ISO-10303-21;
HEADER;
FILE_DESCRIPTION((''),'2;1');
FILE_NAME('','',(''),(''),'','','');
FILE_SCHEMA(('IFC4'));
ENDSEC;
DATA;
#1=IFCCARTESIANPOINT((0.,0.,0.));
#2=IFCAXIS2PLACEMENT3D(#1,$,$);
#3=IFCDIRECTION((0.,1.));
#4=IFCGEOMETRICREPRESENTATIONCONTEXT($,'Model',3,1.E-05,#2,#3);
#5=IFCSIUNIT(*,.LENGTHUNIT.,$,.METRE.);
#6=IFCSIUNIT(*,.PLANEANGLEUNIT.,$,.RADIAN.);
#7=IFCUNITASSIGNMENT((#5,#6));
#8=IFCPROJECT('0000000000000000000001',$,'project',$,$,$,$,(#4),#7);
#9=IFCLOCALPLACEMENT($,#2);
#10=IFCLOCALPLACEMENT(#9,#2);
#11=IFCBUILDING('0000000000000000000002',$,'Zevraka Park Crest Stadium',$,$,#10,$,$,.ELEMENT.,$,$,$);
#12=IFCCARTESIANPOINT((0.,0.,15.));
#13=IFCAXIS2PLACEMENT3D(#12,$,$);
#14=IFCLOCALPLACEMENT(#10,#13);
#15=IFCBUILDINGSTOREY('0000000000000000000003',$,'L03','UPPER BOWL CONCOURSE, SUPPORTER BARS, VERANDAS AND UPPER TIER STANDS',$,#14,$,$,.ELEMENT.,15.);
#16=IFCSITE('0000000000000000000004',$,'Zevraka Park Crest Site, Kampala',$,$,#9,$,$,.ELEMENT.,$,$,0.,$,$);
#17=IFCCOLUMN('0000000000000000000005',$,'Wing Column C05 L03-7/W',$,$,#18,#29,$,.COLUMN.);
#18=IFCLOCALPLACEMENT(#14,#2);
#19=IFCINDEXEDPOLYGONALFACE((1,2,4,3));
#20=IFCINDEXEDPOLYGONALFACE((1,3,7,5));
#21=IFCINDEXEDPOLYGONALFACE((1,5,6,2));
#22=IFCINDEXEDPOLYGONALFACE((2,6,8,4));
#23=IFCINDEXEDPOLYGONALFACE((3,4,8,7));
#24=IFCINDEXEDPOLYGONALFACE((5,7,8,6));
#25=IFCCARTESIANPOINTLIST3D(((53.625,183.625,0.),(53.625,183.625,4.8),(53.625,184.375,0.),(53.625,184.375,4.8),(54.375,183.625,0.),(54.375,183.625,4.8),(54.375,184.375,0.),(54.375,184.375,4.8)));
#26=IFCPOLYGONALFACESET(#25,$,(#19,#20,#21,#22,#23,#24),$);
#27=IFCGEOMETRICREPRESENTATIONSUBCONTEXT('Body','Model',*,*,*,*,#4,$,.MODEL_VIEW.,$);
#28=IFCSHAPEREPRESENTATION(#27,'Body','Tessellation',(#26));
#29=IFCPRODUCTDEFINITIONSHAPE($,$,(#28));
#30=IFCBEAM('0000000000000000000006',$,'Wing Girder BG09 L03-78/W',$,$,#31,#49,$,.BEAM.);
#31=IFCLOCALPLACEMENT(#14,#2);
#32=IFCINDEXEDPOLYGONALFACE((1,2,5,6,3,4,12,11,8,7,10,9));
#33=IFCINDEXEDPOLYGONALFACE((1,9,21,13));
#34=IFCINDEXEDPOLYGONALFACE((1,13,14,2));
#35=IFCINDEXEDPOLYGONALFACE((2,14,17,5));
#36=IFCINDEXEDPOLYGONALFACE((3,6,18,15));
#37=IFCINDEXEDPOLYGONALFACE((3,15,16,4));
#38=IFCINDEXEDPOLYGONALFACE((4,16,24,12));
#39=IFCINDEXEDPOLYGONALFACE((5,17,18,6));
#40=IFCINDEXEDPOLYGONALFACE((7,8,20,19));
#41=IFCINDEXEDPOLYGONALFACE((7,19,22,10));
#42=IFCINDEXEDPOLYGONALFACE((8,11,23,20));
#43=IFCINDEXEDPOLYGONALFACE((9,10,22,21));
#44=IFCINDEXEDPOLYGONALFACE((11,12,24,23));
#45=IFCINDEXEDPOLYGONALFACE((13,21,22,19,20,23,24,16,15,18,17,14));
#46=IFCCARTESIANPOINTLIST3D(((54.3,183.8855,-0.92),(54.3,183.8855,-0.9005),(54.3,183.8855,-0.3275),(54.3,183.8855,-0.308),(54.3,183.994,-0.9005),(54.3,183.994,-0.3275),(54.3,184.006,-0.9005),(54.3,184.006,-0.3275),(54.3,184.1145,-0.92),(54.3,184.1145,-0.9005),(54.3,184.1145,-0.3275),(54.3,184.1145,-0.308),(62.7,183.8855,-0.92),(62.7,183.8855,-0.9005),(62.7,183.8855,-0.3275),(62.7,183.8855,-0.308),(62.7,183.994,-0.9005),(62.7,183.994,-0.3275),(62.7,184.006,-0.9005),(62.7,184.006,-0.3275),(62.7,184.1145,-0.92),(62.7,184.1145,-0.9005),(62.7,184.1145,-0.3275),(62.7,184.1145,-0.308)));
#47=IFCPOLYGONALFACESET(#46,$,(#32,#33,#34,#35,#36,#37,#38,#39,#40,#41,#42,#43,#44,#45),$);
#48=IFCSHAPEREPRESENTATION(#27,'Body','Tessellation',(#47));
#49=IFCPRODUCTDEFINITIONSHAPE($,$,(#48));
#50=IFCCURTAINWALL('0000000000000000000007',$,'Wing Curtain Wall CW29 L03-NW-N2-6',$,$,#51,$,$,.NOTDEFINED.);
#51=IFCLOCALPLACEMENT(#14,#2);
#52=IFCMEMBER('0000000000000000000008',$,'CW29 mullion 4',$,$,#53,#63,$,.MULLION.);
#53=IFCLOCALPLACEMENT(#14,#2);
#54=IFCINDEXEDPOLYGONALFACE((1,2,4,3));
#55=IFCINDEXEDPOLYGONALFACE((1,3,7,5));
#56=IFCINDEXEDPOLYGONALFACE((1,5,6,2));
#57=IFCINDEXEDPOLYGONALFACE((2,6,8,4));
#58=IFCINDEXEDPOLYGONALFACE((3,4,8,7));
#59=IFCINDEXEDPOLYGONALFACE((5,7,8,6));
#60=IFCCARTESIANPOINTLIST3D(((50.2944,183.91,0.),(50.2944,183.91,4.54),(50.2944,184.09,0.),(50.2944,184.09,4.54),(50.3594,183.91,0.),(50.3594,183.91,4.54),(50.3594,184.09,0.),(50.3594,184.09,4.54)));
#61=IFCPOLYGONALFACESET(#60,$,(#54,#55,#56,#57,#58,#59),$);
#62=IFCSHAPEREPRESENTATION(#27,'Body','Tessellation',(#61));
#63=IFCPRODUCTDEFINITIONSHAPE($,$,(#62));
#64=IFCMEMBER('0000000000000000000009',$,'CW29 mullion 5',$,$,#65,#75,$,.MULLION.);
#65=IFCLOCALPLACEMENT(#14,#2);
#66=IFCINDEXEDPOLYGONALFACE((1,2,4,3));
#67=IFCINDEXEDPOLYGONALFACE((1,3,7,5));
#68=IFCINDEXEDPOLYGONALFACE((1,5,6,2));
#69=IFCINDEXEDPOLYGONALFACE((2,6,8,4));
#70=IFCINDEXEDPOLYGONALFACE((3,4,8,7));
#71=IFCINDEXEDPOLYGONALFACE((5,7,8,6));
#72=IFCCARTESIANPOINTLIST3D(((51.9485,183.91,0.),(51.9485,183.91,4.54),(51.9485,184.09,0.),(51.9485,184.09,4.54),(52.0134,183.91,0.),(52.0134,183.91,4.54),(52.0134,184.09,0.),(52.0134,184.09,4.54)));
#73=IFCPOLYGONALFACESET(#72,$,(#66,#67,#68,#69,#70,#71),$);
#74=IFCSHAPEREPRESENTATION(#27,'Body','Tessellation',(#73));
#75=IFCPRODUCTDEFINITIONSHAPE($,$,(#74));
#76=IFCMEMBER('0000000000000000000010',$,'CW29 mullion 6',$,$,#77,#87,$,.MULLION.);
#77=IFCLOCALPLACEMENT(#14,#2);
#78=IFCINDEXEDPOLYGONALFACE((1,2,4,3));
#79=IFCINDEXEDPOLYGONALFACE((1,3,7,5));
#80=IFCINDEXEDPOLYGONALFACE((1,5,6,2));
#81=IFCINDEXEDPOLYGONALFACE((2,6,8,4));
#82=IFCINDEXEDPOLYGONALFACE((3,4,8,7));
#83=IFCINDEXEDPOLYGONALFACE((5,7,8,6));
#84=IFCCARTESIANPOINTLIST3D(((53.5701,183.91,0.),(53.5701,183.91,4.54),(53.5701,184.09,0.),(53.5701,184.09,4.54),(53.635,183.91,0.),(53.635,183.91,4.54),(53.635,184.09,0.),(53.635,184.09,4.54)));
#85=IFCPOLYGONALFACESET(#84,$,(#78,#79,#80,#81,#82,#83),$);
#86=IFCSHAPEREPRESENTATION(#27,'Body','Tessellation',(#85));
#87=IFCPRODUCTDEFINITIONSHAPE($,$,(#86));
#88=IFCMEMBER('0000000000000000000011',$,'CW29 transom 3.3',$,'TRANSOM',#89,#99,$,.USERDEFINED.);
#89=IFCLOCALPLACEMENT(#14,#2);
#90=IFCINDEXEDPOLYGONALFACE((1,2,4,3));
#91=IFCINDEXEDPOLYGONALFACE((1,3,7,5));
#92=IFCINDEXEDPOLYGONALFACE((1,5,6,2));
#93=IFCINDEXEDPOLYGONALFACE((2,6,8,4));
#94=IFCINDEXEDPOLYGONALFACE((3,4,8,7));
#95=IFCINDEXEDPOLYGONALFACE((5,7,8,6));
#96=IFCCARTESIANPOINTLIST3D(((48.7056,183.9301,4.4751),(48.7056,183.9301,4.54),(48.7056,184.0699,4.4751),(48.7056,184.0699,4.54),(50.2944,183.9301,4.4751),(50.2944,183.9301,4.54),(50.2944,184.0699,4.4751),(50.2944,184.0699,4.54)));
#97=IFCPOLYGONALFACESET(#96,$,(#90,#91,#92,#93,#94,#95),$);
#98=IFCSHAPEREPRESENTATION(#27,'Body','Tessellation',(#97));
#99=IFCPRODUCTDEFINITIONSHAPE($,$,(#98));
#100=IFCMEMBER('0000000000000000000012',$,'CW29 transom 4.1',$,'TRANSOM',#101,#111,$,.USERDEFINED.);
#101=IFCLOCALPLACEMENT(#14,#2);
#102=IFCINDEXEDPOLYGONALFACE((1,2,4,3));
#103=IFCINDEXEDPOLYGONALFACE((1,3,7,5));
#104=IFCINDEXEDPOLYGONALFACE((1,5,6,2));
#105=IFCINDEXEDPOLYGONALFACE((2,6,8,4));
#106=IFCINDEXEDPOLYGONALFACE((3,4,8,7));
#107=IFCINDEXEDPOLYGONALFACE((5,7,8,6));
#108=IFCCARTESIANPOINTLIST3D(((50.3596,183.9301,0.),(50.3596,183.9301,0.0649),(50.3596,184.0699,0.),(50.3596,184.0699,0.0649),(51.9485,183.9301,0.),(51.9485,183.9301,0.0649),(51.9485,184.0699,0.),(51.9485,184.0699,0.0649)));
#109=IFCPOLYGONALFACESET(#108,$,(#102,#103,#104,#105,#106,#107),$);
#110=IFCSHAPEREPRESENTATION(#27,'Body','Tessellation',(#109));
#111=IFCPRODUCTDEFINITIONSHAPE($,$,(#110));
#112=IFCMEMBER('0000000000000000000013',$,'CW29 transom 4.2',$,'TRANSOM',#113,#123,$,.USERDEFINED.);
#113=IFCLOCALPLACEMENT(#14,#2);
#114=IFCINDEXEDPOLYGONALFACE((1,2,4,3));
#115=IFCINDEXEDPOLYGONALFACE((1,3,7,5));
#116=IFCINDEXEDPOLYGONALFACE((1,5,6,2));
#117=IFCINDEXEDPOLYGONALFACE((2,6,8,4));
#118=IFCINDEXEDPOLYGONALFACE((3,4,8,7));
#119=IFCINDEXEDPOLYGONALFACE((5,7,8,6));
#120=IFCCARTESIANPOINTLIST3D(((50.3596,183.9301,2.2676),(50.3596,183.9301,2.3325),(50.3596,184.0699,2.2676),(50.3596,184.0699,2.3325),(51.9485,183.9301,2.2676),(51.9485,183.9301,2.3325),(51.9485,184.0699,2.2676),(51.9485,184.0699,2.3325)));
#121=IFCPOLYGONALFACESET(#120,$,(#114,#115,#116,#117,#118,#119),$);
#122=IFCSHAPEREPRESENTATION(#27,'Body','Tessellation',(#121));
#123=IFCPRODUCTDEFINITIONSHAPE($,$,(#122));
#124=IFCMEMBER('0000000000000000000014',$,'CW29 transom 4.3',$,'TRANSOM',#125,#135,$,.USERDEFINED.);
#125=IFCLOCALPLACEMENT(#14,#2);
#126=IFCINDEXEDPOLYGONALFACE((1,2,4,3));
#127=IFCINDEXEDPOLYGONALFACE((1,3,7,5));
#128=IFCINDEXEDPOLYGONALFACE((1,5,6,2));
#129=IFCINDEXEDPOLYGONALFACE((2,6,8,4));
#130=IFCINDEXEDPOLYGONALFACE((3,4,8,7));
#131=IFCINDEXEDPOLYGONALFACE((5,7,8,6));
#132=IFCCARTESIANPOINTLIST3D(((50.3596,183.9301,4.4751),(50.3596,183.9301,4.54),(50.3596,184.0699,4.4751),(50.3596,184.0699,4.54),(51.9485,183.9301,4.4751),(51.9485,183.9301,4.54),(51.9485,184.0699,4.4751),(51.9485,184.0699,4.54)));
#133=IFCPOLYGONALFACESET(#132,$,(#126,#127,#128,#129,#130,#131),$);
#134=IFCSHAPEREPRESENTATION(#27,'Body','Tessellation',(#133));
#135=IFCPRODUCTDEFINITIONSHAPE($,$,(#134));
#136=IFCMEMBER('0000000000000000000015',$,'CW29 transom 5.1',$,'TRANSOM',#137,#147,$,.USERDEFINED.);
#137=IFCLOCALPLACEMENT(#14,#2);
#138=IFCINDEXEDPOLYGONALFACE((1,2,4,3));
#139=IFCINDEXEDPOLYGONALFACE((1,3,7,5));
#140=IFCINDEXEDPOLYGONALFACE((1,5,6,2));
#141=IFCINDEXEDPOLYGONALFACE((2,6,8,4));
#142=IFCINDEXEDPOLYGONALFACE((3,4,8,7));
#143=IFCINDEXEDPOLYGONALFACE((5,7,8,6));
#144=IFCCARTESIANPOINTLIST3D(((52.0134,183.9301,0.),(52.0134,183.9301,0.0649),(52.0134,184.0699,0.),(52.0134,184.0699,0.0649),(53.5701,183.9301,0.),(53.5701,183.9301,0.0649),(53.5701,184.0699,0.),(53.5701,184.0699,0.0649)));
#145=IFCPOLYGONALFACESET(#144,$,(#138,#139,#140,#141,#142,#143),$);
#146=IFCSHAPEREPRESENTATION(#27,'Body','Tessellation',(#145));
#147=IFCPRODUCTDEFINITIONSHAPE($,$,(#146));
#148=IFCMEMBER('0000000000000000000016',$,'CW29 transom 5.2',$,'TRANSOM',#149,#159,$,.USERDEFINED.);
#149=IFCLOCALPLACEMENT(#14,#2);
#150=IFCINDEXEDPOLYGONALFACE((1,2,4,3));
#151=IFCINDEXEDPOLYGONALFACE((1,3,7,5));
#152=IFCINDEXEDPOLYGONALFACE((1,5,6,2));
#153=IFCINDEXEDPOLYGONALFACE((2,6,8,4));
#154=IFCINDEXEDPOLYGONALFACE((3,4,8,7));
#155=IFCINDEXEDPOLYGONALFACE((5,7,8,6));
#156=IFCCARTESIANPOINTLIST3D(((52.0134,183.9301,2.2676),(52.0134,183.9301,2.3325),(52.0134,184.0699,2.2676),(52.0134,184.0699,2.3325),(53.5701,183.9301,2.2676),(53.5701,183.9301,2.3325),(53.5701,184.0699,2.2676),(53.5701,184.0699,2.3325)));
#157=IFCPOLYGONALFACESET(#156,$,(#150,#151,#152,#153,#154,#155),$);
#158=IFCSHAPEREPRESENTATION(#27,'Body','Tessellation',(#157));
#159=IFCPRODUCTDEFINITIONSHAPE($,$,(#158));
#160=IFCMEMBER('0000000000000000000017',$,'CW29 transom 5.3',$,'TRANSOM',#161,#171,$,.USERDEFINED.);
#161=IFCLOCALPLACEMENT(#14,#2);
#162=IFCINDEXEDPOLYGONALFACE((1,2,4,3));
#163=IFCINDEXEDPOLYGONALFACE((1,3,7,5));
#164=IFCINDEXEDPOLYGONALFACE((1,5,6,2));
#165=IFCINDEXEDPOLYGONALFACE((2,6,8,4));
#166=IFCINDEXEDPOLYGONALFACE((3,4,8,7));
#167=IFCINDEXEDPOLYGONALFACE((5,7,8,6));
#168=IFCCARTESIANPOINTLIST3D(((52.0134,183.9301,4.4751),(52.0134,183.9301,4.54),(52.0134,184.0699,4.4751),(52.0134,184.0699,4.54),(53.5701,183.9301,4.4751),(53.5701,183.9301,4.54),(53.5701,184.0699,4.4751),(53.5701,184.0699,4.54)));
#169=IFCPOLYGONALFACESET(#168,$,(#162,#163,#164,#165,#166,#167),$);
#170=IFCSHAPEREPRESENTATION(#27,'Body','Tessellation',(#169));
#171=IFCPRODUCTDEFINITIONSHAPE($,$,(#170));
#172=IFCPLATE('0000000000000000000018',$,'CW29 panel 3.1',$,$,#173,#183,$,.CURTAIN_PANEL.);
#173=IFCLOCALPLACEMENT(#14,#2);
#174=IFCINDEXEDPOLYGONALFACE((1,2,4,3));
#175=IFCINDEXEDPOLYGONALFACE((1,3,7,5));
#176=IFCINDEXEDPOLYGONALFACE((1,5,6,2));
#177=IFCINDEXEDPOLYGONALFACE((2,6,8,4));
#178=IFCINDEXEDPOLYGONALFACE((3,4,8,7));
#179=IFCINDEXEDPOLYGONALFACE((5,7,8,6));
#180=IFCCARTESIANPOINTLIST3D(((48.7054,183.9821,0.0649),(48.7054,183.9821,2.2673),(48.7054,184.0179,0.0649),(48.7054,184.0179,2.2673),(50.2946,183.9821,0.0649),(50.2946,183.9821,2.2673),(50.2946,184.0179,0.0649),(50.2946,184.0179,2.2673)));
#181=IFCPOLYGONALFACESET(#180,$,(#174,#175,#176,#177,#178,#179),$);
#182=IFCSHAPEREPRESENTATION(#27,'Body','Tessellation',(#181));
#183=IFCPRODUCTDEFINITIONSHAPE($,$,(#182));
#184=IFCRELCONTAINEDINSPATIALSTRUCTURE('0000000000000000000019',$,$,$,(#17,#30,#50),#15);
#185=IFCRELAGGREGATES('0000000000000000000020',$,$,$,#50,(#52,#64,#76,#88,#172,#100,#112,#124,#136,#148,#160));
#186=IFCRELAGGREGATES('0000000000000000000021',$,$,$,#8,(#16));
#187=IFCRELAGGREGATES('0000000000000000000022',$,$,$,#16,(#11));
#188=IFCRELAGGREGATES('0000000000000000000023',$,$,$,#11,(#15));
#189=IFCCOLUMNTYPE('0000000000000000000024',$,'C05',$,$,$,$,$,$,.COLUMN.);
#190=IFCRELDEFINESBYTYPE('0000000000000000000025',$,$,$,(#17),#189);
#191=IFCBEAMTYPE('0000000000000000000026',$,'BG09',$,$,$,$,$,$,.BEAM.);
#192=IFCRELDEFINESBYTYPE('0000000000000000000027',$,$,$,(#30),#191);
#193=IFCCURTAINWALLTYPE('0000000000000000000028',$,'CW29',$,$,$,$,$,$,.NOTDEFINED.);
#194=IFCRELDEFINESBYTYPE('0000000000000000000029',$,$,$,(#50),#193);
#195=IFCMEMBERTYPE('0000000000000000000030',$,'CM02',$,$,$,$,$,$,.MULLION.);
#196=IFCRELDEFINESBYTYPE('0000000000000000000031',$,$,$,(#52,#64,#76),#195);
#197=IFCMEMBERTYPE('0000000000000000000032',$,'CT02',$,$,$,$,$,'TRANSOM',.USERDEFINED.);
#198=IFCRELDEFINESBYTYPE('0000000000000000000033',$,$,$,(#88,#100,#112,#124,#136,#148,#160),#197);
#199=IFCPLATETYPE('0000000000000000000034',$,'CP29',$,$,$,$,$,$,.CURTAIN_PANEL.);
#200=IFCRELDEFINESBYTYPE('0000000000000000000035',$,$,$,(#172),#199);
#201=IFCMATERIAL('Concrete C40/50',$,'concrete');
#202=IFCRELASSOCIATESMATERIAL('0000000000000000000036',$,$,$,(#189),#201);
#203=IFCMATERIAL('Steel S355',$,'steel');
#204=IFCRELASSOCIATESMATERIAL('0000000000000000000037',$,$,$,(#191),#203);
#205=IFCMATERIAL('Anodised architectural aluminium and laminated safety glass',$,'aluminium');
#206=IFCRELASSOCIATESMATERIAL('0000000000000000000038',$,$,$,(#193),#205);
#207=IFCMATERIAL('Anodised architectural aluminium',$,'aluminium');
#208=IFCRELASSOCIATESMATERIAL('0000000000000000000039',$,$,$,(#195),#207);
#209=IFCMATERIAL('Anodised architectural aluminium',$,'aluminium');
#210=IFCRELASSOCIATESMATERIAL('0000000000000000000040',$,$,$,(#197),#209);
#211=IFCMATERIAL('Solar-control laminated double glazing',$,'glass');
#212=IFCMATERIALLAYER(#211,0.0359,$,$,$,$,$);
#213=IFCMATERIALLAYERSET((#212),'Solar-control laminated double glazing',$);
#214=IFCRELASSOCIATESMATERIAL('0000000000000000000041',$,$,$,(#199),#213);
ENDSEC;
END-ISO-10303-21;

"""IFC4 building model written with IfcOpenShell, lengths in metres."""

from ifc_helpers import new_model, si_unit, direction, frame, origin, origin_2d, place, context, subcontext, project, spatial, rectangle, i_section, extrude, material, layer, layer_set, material_profile, profile_set, type_object, element, aggregate, save


model = new_model("IFC4")

# Units and contexts
model_context = context("Model", 3, precision=1e-05, world=origin(), true_north=direction((0.0, 1.0)))
body_context = subcontext(model_context, "Body", "Model", "MODEL_VIEW")
ifc_project = project(units=[si_unit("LENGTHUNIT", "METRE"), si_unit("PLANEANGLEUNIT", "RADIAN")], contexts=[model_context])

# Site, building, storey
site_placement = place(None, origin())
site = spatial("IfcSite", under=ifc_project, at=site_placement, Name="Zevraka Park Crest Site, Kampala", CompositionType="ELEMENT", RefElevation=0.0)
building_placement = place(site_placement, origin())
building = spatial("IfcBuilding", under=site, at=building_placement, Name="Zevraka Park Crest Stadium", CompositionType="ELEMENT")
storey_placement = place(building_placement, frame((0.0, 0.0, 15.0)))
storey = spatial("IfcBuildingStorey", under=building, at=storey_placement, Name="L03", Description="UPPER BOWL CONCOURSE, SUPPORTER BARS, VERANDAS AND UPPER TIER STANDS", CompositionType="ELEMENT", Elevation=15.0)

# Column
ifc_material_1 = material(Name="Concrete C40/50", Category="concrete")
ifc_material_profile_1 = material_profile(ifc_material_1, rectangle(XDim=0.75, YDim=0.75, at=origin_2d()), Name="RC 750x750")
ifc_profile_set_1 = profile_set([ifc_material_profile_1], Name="Concrete C40/50")
column_type = type_object("IfcColumnType", Name="C05", PredefinedType="COLUMN", material=ifc_profile_set_1)
column_placement = place(storey_placement, frame((54.0, 184.0, 0.0), z_axis=(0.0, 0.0, 1.0), x_axis=(1.0, 0.0, 0.0)))
element("IfcColumn", 1, at=column_placement, inside=storey, type_object=column_type, Name="Wing Column C05 L03-7/W", PredefinedType="COLUMN", context=body_context, shape_type="SweptSolid", body=[
    extrude(rectangle(XDim=0.75, YDim=0.75, at=origin_2d()), origin(), (0.0, 0.0, 1.0), 4.8),
])

# Beam
ifc_material_2 = material(Name="Steel S355", Category="steel")
ifc_material_profile_2 = material_profile(ifc_material_2, i_section(OverallWidth=0.229, OverallDepth=0.6121, WebThickness=0.012, FlangeThickness=0.0195, at=origin_2d()), Name="UKB 610x229x125")
ifc_profile_set_2 = profile_set([ifc_material_profile_2], Name="Steel S355")
beam_type = type_object("IfcBeamType", Name="BG09", PredefinedType="BEAM", material=ifc_profile_set_2)
beam_placement = place(storey_placement, frame((54.3, 184.0, -0.614), z_axis=(1.0, 0.0, 0.0), x_axis=(0.0, 1.0, 0.0)))
element("IfcBeam", 2, at=beam_placement, inside=storey, type_object=beam_type, Name="Wing Girder BG09 L03-78/W", PredefinedType="BEAM", context=body_context, shape_type="SweptSolid", body=[
    extrude(i_section(OverallWidth=0.229, OverallDepth=0.6121, WebThickness=0.012, FlangeThickness=0.0195, at=origin_2d()), origin(), (0.0, 0.0, 1.0), 8.3999),
])

# Curtain wall, members, plate
ifc_material_3 = material(Name="Anodised architectural aluminium and laminated safety glass", Category="aluminium")
curtain_wall_type = type_object("IfcCurtainWallType", Name="CW29", PredefinedType="NOTDEFINED", material=ifc_material_3)
curtain_wall_placement = place(storey_placement, origin())
curtain_wall = element("IfcCurtainWall", 3, at=curtain_wall_placement, inside=storey, type_object=curtain_wall_type, Name="Wing Curtain Wall CW29 L03-NW-N2-6", PredefinedType="NOTDEFINED")
ifc_material_4 = material(Name="Anodised architectural aluminium", Category="aluminium")
ifc_material_profile_3 = material_profile(ifc_material_4, rectangle(XDim=0.1799, YDim=0.0649, at=origin_2d()), Name="ALU MULLION 180x65")
ifc_profile_set_3 = profile_set([ifc_material_profile_3], Name="Anodised architectural aluminium")
member_type_1 = type_object("IfcMemberType", Name="CM02", PredefinedType="MULLION", material=ifc_profile_set_3)
member_1_placement = place(storey_placement, frame((50.3269, 184.0, 0.0), z_axis=(0.0, 0.0, 1.0), x_axis=(0.0, 1.0, 0.0)))
member_1 = element("IfcMember", 4, at=member_1_placement, type_object=member_type_1, Name="CW29 mullion 4", PredefinedType="MULLION", context=body_context, shape_type="SweptSolid", body=[
    extrude(rectangle(XDim=0.1799, YDim=0.0649, at=origin_2d()), origin(), (0.0, 0.0, 1.0), 4.54),
])
member_2_placement = place(storey_placement, frame((51.981, 184.0, 0.0), z_axis=(0.0, 0.0, 1.0), x_axis=(0.0, 1.0, 0.0)))
member_2 = element("IfcMember", 5, at=member_2_placement, type_object=member_type_1, Name="CW29 mullion 5", PredefinedType="MULLION", context=body_context, shape_type="SweptSolid", body=[
    extrude(rectangle(XDim=0.1799, YDim=0.0649, at=origin_2d()), origin(), (0.0, 0.0, 1.0), 4.54),
])
member_3_placement = place(storey_placement, frame((53.6025, 184.0, 0.0), z_axis=(0.0, 0.0, 1.0), x_axis=(0.0, 1.0, 0.0)))
member_3 = element("IfcMember", 6, at=member_3_placement, type_object=member_type_1, Name="CW29 mullion 6", PredefinedType="MULLION", context=body_context, shape_type="SweptSolid", body=[
    extrude(rectangle(XDim=0.1799, YDim=0.0649, at=origin_2d()), origin(), (0.0, 0.0, 1.0), 4.54),
])
ifc_material_5 = material(Name="Anodised architectural aluminium", Category="aluminium")
ifc_material_profile_4 = material_profile(ifc_material_5, rectangle(XDim=0.1399, YDim=0.0649, at=origin_2d()), Name="ALU TRANSOM 140x65")
ifc_profile_set_4 = profile_set([ifc_material_profile_4], Name="Anodised architectural aluminium")
member_type_2 = type_object("IfcMemberType", Name="CT02", ElementType="TRANSOM", PredefinedType="USERDEFINED", material=ifc_profile_set_4)
member_4_placement = place(storey_placement, frame((48.7056, 184.0, 4.5076), z_axis=(1.0, 0.0, 0.0), x_axis=(0.0, 1.0, 0.0)))
member_4 = element("IfcMember", 7, at=member_4_placement, type_object=member_type_2, Name="CW29 transom 3.3", ObjectType="TRANSOM", PredefinedType="USERDEFINED", context=body_context, shape_type="SweptSolid", body=[
    extrude(rectangle(XDim=0.1399, YDim=0.0649, at=origin_2d()), origin(), (0.0, 0.0, 1.0), 1.5889),
])
member_5_placement = place(storey_placement, frame((50.3596, 184.0, 0.0325), z_axis=(1.0, 0.0, 0.0), x_axis=(0.0, 1.0, 0.0)))
member_5 = element("IfcMember", 8, at=member_5_placement, type_object=member_type_2, Name="CW29 transom 4.1", ObjectType="TRANSOM", PredefinedType="USERDEFINED", context=body_context, shape_type="SweptSolid", body=[
    extrude(rectangle(XDim=0.1399, YDim=0.0649, at=origin_2d()), origin(), (0.0, 0.0, 1.0), 1.5889),
])
member_6_placement = place(storey_placement, frame((50.3596, 184.0, 2.3), z_axis=(1.0, 0.0, 0.0), x_axis=(0.0, 1.0, 0.0)))
member_6 = element("IfcMember", 9, at=member_6_placement, type_object=member_type_2, Name="CW29 transom 4.2", ObjectType="TRANSOM", PredefinedType="USERDEFINED", context=body_context, shape_type="SweptSolid", body=[
    extrude(rectangle(XDim=0.1399, YDim=0.0649, at=origin_2d()), origin(), (0.0, 0.0, 1.0), 1.5889),
])
member_7_placement = place(storey_placement, frame((50.3596, 184.0, 4.5076), z_axis=(1.0, 0.0, 0.0), x_axis=(0.0, 1.0, 0.0)))
member_7 = element("IfcMember", 10, at=member_7_placement, type_object=member_type_2, Name="CW29 transom 4.3", ObjectType="TRANSOM", PredefinedType="USERDEFINED", context=body_context, shape_type="SweptSolid", body=[
    extrude(rectangle(XDim=0.1399, YDim=0.0649, at=origin_2d()), origin(), (0.0, 0.0, 1.0), 1.5889),
])
member_8_placement = place(storey_placement, frame((52.0134, 184.0, 0.0325), z_axis=(1.0, 0.0, 0.0), x_axis=(0.0, 1.0, 0.0)))
member_8 = element("IfcMember", 11, at=member_8_placement, type_object=member_type_2, Name="CW29 transom 5.1", ObjectType="TRANSOM", PredefinedType="USERDEFINED", context=body_context, shape_type="SweptSolid", body=[
    extrude(rectangle(XDim=0.1399, YDim=0.0649, at=origin_2d()), origin(), (0.0, 0.0, 1.0), 1.5566),
])
member_9_placement = place(storey_placement, frame((52.0134, 184.0, 2.3), z_axis=(1.0, 0.0, 0.0), x_axis=(0.0, 1.0, 0.0)))
member_9 = element("IfcMember", 12, at=member_9_placement, type_object=member_type_2, Name="CW29 transom 5.2", ObjectType="TRANSOM", PredefinedType="USERDEFINED", context=body_context, shape_type="SweptSolid", body=[
    extrude(rectangle(XDim=0.1399, YDim=0.0649, at=origin_2d()), origin(), (0.0, 0.0, 1.0), 1.5566),
])
member_10_placement = place(storey_placement, frame((52.0134, 184.0, 4.5076), z_axis=(1.0, 0.0, 0.0), x_axis=(0.0, 1.0, 0.0)))
member_10 = element("IfcMember", 13, at=member_10_placement, type_object=member_type_2, Name="CW29 transom 5.3", ObjectType="TRANSOM", PredefinedType="USERDEFINED", context=body_context, shape_type="SweptSolid", body=[
    extrude(rectangle(XDim=0.1399, YDim=0.0649, at=origin_2d()), origin(), (0.0, 0.0, 1.0), 1.5566),
])
ifc_material_6 = material(Name="Solar-control laminated double glazing", Category="glass")
ifc_layer_1 = layer(ifc_material_6, 0.0359)
ifc_layer_set_1 = layer_set([ifc_layer_1], Name="Solar-control laminated double glazing")
plate_type = type_object("IfcPlateType", Name="CP29", PredefinedType="CURTAIN_PANEL", material=ifc_layer_set_1)
plate_1_placement = place(storey_placement, frame((49.5, 184.0, 0.0649), z_axis=(0.0, 0.0, 1.0), x_axis=(1.0, 0.0, 0.0)))
plate_1 = element("IfcPlate", 14, at=plate_1_placement, type_object=plate_type, Name="CW29 panel 3.1", PredefinedType="CURTAIN_PANEL", context=body_context, shape_type="SweptSolid", body=[
    extrude(rectangle(XDim=1.5891, YDim=0.0359, at=origin_2d()), origin(), (0.0, 0.0, 1.0), 2.2024),
])
aggregate(curtain_wall, [member_1, member_2, member_3, member_4, plate_1, member_5, member_6, member_7, member_8, member_9, member_10])

save(model, "model.ifc")
